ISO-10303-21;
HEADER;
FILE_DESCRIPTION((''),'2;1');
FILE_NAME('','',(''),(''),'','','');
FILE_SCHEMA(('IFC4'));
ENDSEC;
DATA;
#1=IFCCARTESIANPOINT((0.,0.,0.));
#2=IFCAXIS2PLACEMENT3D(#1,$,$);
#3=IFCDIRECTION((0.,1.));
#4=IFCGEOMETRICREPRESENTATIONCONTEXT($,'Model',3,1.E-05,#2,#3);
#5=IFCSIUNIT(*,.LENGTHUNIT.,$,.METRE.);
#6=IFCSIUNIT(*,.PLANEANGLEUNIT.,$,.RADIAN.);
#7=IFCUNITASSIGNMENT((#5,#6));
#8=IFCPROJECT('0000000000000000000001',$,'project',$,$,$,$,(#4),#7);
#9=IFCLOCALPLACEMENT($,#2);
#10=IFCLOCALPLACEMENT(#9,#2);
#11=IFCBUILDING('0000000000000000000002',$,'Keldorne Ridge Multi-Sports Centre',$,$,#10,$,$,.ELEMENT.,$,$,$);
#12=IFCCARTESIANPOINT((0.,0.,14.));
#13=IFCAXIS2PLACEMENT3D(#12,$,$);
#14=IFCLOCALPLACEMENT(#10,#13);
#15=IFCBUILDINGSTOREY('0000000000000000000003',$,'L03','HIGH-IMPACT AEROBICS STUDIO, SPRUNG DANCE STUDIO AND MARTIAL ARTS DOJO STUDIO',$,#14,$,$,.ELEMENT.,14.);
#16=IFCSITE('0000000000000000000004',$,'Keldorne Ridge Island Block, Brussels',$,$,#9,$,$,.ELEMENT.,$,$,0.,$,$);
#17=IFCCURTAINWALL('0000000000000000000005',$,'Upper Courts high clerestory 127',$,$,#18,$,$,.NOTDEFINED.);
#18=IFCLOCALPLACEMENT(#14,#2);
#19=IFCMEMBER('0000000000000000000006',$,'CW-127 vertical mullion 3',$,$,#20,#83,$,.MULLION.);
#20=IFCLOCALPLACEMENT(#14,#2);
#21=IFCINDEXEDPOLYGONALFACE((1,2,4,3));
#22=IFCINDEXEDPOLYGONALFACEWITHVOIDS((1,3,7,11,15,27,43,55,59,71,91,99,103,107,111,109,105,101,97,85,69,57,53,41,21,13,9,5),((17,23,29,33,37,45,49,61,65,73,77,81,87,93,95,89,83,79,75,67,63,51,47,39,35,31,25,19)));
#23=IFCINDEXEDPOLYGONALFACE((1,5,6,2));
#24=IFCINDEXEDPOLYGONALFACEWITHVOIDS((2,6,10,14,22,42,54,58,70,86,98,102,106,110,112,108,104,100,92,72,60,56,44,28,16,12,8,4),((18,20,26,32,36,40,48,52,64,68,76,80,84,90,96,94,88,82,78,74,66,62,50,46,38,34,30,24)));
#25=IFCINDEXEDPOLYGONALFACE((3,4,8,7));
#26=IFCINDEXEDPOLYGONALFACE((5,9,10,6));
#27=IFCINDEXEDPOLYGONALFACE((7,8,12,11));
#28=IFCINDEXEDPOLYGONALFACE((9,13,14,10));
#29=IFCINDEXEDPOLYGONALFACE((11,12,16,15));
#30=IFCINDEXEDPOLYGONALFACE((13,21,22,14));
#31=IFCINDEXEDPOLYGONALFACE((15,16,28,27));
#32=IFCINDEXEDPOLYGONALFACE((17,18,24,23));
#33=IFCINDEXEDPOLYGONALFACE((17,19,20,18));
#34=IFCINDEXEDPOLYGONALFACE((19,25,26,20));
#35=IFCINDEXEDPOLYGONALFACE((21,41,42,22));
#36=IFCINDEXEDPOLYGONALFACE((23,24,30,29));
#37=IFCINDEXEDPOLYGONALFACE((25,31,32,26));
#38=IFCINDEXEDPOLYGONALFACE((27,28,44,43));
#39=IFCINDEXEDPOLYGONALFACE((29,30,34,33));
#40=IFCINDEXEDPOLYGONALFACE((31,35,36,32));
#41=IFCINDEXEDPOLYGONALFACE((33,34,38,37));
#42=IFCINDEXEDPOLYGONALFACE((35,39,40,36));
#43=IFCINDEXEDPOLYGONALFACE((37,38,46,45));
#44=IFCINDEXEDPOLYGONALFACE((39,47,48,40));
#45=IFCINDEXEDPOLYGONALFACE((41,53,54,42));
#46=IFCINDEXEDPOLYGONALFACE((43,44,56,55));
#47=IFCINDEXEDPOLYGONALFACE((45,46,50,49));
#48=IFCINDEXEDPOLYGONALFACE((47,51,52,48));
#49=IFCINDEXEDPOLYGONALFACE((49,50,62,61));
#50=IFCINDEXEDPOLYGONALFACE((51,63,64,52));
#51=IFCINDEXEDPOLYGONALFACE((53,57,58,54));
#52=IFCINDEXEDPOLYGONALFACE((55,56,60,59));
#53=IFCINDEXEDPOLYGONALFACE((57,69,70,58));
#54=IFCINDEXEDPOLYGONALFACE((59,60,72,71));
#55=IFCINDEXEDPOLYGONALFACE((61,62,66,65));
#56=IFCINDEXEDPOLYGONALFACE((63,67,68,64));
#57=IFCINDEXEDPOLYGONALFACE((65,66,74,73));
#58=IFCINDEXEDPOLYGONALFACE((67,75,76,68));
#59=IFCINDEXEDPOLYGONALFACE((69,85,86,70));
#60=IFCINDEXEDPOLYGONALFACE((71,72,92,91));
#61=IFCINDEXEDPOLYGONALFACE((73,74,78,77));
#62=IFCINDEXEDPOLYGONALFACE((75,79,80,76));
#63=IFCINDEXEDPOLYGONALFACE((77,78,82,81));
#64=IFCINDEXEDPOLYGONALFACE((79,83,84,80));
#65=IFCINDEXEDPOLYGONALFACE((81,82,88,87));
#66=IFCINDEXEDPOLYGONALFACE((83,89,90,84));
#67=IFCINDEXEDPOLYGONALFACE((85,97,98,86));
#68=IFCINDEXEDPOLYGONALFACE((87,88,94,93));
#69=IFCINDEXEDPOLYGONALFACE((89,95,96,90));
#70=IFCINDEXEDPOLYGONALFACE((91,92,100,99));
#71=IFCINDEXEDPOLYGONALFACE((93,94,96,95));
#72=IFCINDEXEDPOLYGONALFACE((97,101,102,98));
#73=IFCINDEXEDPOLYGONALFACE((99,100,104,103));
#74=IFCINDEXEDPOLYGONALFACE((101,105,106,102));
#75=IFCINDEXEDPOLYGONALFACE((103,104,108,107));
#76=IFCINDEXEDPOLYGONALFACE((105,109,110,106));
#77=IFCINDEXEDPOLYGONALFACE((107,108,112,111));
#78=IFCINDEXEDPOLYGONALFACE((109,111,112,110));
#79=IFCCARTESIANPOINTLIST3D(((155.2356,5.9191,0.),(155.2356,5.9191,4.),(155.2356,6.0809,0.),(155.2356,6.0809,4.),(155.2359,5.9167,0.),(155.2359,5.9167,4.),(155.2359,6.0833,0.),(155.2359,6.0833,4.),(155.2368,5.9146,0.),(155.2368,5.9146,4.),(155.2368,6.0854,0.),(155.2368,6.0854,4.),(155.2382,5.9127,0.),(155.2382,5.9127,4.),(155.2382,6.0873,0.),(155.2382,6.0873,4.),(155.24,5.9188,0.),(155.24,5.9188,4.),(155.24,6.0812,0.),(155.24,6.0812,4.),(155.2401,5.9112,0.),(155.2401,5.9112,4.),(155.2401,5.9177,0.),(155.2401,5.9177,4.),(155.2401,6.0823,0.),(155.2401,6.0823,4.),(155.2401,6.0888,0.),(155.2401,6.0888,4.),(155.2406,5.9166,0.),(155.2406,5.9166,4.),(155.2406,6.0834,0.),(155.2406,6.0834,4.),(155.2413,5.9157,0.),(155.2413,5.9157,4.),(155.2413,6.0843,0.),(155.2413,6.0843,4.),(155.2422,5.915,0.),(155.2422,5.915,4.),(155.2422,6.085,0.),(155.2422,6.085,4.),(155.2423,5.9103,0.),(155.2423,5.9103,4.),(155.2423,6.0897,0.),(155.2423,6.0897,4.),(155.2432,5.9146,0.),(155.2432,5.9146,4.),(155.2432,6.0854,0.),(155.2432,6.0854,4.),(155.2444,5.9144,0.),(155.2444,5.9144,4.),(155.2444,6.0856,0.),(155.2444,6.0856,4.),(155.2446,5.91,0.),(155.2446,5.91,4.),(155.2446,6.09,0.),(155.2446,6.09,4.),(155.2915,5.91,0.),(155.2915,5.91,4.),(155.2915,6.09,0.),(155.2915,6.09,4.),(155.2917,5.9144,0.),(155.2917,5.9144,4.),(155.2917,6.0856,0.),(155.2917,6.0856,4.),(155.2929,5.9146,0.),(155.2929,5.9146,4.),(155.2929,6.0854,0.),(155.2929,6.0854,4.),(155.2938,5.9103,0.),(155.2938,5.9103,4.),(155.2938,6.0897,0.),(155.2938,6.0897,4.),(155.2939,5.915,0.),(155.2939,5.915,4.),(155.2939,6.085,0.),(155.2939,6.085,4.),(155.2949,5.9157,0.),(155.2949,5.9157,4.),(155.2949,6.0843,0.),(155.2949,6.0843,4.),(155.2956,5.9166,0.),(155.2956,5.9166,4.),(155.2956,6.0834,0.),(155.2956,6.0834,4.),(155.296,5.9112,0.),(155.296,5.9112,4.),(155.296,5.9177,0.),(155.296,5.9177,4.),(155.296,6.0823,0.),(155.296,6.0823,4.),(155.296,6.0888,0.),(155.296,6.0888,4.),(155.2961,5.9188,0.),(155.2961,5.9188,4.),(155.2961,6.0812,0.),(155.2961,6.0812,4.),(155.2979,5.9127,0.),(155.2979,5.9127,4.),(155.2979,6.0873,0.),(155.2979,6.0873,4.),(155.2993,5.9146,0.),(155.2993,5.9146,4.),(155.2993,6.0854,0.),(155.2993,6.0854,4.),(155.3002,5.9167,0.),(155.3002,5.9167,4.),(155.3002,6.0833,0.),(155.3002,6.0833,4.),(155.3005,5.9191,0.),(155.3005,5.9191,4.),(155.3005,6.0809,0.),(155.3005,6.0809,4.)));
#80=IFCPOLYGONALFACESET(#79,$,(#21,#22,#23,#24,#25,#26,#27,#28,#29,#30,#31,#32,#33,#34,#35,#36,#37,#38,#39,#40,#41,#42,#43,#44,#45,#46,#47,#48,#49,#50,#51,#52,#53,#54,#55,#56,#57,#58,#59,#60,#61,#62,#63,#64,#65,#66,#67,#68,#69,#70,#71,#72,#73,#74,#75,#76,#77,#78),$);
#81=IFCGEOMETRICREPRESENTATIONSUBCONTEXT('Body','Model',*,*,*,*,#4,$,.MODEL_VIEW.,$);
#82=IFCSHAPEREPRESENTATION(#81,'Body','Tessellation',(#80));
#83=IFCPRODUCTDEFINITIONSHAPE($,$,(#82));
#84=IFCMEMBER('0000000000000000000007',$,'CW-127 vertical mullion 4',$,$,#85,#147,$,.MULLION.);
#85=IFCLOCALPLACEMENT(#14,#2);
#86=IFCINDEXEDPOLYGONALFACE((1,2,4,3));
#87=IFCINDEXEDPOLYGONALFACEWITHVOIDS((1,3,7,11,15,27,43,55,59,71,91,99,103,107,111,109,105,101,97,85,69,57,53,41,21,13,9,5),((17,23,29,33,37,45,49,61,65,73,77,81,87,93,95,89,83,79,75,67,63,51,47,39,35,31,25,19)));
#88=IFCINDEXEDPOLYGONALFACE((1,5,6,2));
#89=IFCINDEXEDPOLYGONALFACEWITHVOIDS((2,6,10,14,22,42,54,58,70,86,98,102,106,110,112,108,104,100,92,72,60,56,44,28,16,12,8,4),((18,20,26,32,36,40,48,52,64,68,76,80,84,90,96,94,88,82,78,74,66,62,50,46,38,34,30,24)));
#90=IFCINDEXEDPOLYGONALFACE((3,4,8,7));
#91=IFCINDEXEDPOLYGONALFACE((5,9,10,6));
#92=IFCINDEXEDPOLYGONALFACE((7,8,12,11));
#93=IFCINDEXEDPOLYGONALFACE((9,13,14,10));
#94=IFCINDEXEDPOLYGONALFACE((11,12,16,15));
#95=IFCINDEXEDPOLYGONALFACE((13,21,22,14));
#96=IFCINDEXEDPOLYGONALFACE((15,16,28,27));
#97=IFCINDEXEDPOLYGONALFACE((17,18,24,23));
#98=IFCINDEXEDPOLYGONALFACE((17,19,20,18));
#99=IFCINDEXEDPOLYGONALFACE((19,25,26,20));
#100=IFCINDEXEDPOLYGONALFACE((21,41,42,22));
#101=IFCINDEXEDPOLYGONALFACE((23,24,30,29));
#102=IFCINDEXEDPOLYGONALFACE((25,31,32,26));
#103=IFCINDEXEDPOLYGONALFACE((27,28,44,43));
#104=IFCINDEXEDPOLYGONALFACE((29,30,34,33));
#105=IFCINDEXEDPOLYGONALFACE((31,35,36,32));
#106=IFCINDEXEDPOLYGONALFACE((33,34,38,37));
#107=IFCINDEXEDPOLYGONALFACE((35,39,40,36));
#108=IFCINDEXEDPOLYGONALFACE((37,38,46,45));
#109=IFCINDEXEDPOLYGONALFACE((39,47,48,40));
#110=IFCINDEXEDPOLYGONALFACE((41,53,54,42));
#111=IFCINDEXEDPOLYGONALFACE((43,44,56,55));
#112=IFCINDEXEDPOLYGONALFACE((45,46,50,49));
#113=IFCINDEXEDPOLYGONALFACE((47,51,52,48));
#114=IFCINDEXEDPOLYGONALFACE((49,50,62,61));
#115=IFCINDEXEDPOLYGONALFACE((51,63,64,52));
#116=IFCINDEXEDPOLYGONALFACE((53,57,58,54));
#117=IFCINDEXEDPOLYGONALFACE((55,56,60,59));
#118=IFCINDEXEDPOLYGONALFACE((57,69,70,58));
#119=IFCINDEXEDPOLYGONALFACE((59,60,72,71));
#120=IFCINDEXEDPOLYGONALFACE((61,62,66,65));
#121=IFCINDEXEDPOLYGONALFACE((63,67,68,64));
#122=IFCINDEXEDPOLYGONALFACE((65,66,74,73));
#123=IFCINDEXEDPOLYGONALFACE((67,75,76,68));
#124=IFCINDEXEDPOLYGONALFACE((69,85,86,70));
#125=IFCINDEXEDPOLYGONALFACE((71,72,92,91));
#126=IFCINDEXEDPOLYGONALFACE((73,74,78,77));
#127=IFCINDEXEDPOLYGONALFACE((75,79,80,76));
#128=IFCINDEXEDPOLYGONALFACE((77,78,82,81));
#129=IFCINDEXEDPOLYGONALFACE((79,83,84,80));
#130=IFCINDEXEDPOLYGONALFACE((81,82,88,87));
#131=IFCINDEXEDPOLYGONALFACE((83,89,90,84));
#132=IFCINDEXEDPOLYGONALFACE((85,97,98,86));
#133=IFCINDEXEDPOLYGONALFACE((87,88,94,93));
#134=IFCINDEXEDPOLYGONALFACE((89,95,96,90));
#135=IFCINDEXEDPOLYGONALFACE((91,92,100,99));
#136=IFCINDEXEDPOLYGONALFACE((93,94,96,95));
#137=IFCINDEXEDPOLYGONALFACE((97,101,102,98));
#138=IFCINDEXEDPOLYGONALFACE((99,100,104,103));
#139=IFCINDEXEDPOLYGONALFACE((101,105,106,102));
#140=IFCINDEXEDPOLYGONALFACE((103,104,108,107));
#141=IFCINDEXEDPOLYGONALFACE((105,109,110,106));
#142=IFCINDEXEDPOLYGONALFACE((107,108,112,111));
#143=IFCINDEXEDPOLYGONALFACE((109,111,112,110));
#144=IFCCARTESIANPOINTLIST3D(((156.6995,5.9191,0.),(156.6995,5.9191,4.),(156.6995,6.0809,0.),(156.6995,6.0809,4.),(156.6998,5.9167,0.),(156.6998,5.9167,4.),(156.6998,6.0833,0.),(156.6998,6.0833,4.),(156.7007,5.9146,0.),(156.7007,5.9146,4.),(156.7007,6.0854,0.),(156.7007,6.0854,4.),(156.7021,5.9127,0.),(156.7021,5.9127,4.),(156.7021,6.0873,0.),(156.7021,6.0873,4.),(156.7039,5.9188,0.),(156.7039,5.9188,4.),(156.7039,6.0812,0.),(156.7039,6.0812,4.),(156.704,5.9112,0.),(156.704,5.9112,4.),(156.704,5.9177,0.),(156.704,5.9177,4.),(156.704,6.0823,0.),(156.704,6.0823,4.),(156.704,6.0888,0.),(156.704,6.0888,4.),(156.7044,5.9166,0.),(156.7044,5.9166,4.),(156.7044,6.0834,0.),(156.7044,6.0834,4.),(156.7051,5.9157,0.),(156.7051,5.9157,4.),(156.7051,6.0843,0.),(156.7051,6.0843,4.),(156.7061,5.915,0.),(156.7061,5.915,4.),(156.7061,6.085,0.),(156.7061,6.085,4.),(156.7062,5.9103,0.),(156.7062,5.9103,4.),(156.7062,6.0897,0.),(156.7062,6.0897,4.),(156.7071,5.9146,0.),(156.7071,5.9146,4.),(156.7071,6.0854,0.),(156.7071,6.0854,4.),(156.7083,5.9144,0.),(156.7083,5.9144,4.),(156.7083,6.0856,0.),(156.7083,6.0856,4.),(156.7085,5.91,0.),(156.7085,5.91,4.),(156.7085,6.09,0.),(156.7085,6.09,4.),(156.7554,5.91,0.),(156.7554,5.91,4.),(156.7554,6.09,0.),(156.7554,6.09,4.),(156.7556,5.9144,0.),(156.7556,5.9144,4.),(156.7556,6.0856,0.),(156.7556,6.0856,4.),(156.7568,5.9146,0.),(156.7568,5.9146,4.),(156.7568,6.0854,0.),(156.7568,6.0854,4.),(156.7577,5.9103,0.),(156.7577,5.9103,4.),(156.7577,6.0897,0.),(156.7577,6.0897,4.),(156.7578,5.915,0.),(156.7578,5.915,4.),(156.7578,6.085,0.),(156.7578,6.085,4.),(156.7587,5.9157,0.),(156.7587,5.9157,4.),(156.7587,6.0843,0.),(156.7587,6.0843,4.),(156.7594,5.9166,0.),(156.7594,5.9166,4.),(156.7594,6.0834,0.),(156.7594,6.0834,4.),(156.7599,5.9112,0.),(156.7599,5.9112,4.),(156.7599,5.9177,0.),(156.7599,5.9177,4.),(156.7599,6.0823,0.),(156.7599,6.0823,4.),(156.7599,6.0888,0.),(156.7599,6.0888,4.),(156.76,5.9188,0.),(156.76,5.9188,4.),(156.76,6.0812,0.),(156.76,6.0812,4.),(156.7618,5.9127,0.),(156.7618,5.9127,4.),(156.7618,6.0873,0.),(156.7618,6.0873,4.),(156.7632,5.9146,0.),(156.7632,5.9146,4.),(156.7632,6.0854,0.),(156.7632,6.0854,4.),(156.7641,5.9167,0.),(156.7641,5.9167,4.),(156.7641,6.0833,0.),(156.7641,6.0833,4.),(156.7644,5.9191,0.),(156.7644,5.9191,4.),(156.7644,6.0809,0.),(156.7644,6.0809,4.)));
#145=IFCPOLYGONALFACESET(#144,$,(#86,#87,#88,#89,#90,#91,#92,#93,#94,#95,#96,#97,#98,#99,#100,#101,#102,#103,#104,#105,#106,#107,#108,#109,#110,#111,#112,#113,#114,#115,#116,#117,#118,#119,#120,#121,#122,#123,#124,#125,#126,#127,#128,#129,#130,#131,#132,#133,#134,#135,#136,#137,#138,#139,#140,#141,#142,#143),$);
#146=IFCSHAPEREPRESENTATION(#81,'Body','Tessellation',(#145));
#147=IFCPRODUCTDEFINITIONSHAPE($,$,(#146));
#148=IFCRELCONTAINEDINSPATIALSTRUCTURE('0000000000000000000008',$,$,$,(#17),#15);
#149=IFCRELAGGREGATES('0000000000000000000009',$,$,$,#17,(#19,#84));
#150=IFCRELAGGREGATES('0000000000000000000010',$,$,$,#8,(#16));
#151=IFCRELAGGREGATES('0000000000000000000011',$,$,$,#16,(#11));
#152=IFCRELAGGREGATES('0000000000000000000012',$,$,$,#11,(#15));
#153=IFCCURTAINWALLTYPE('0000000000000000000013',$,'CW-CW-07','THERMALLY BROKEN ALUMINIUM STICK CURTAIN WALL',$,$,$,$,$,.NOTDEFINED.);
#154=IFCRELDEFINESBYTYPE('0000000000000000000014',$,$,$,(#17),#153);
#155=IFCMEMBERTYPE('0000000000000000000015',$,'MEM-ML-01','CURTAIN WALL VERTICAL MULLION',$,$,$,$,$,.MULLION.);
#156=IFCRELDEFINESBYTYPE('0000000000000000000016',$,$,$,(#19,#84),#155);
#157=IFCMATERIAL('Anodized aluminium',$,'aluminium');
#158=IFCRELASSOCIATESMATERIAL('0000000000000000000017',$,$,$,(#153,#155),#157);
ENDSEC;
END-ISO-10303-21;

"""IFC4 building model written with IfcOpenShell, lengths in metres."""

from ifc_helpers import new_model, si_unit, direction, frame, origin, origin_2d, place, context, subcontext, project, spatial, hollow_rectangle, extrude, material, material_profile, profile_set, type_object, element, aggregate, save


model = new_model("IFC4")

# Units and contexts
model_context = context("Model", 3, precision=1e-05, world=origin(), true_north=direction((0.0, 1.0)))
body_context = subcontext(model_context, "Body", "Model", "MODEL_VIEW")
ifc_project = project(units=[si_unit("LENGTHUNIT", "METRE"), si_unit("PLANEANGLEUNIT", "RADIAN")], contexts=[model_context])

# Site, building, storey
site_placement = place(None, origin())
site = spatial("IfcSite", under=ifc_project, at=site_placement, Name="Keldorne Ridge Island Block, Brussels", CompositionType="ELEMENT", RefElevation=0.0)
building_placement = place(site_placement, origin())
building = spatial("IfcBuilding", under=site, at=building_placement, Name="Keldorne Ridge Multi-Sports Centre", CompositionType="ELEMENT")
storey_placement = place(building_placement, frame((0.0, 0.0, 14.0)))
storey = spatial("IfcBuildingStorey", under=building, at=storey_placement, Name="L03", Description="HIGH-IMPACT AEROBICS STUDIO, SPRUNG DANCE STUDIO AND MARTIAL ARTS DOJO STUDIO", CompositionType="ELEMENT", Elevation=14.0)

# Curtain wall, members
ifc_material_1 = material(Name="Anodized aluminium", Category="aluminium")
curtain_wall_type = type_object("IfcCurtainWallType", Name="CW-CW-07", Description="THERMALLY BROKEN ALUMINIUM STICK CURTAIN WALL", PredefinedType="NOTDEFINED", material=ifc_material_1)
curtain_wall_placement = place(storey_placement, origin())
curtain_wall = element("IfcCurtainWall", 1, at=curtain_wall_placement, inside=storey, type_object=curtain_wall_type, Name="Upper Courts high clerestory 127", PredefinedType="NOTDEFINED")
ifc_material_profile_1 = material_profile(ifc_material_1, hollow_rectangle(XDim=0.0649, YDim=0.1799, WallThickness=0.0044, InnerFilletRadius=0.0044, OuterFilletRadius=0.009, at=origin_2d()), Name="ALU MULLION 180x65x4.5")
ifc_profile_set_1 = profile_set([ifc_material_profile_1], Name="Anodized aluminium")
member_type_1 = type_object("IfcMemberType", Name="MEM-ML-01", Description="CURTAIN WALL VERTICAL MULLION", PredefinedType="MULLION", material=ifc_profile_set_1)
member_1_placement = place(storey_placement, frame((155.2681, 6.0, 0.0), z_axis=(0.0, 0.0, 1.0), x_axis=(1.0, 0.0, 0.0)))
member_1 = element("IfcMember", 2, at=member_1_placement, type_object=member_type_1, Name="CW-127 vertical mullion 3", PredefinedType="MULLION", context=body_context, shape_type="SweptSolid", body=[
    extrude(hollow_rectangle(XDim=0.0649, YDim=0.1799, WallThickness=0.0044, InnerFilletRadius=0.0044, OuterFilletRadius=0.009, at=origin_2d()), origin(), (0.0, 0.0, 1.0), 4.0),
])
member_2_placement = place(storey_placement, frame((156.7319, 6.0, 0.0), z_axis=(0.0, 0.0, 1.0), x_axis=(1.0, 0.0, 0.0)))
member_2 = element("IfcMember", 3, at=member_2_placement, type_object=member_type_1, Name="CW-127 vertical mullion 4", PredefinedType="MULLION", context=body_context, shape_type="SweptSolid", body=[
    extrude(hollow_rectangle(XDim=0.0649, YDim=0.1799, WallThickness=0.0044, InnerFilletRadius=0.0044, OuterFilletRadius=0.009, at=origin_2d()), origin(), (0.0, 0.0, 1.0), 4.0),
])
aggregate(curtain_wall, [member_1, member_2])

save(model, "model.ifc")
